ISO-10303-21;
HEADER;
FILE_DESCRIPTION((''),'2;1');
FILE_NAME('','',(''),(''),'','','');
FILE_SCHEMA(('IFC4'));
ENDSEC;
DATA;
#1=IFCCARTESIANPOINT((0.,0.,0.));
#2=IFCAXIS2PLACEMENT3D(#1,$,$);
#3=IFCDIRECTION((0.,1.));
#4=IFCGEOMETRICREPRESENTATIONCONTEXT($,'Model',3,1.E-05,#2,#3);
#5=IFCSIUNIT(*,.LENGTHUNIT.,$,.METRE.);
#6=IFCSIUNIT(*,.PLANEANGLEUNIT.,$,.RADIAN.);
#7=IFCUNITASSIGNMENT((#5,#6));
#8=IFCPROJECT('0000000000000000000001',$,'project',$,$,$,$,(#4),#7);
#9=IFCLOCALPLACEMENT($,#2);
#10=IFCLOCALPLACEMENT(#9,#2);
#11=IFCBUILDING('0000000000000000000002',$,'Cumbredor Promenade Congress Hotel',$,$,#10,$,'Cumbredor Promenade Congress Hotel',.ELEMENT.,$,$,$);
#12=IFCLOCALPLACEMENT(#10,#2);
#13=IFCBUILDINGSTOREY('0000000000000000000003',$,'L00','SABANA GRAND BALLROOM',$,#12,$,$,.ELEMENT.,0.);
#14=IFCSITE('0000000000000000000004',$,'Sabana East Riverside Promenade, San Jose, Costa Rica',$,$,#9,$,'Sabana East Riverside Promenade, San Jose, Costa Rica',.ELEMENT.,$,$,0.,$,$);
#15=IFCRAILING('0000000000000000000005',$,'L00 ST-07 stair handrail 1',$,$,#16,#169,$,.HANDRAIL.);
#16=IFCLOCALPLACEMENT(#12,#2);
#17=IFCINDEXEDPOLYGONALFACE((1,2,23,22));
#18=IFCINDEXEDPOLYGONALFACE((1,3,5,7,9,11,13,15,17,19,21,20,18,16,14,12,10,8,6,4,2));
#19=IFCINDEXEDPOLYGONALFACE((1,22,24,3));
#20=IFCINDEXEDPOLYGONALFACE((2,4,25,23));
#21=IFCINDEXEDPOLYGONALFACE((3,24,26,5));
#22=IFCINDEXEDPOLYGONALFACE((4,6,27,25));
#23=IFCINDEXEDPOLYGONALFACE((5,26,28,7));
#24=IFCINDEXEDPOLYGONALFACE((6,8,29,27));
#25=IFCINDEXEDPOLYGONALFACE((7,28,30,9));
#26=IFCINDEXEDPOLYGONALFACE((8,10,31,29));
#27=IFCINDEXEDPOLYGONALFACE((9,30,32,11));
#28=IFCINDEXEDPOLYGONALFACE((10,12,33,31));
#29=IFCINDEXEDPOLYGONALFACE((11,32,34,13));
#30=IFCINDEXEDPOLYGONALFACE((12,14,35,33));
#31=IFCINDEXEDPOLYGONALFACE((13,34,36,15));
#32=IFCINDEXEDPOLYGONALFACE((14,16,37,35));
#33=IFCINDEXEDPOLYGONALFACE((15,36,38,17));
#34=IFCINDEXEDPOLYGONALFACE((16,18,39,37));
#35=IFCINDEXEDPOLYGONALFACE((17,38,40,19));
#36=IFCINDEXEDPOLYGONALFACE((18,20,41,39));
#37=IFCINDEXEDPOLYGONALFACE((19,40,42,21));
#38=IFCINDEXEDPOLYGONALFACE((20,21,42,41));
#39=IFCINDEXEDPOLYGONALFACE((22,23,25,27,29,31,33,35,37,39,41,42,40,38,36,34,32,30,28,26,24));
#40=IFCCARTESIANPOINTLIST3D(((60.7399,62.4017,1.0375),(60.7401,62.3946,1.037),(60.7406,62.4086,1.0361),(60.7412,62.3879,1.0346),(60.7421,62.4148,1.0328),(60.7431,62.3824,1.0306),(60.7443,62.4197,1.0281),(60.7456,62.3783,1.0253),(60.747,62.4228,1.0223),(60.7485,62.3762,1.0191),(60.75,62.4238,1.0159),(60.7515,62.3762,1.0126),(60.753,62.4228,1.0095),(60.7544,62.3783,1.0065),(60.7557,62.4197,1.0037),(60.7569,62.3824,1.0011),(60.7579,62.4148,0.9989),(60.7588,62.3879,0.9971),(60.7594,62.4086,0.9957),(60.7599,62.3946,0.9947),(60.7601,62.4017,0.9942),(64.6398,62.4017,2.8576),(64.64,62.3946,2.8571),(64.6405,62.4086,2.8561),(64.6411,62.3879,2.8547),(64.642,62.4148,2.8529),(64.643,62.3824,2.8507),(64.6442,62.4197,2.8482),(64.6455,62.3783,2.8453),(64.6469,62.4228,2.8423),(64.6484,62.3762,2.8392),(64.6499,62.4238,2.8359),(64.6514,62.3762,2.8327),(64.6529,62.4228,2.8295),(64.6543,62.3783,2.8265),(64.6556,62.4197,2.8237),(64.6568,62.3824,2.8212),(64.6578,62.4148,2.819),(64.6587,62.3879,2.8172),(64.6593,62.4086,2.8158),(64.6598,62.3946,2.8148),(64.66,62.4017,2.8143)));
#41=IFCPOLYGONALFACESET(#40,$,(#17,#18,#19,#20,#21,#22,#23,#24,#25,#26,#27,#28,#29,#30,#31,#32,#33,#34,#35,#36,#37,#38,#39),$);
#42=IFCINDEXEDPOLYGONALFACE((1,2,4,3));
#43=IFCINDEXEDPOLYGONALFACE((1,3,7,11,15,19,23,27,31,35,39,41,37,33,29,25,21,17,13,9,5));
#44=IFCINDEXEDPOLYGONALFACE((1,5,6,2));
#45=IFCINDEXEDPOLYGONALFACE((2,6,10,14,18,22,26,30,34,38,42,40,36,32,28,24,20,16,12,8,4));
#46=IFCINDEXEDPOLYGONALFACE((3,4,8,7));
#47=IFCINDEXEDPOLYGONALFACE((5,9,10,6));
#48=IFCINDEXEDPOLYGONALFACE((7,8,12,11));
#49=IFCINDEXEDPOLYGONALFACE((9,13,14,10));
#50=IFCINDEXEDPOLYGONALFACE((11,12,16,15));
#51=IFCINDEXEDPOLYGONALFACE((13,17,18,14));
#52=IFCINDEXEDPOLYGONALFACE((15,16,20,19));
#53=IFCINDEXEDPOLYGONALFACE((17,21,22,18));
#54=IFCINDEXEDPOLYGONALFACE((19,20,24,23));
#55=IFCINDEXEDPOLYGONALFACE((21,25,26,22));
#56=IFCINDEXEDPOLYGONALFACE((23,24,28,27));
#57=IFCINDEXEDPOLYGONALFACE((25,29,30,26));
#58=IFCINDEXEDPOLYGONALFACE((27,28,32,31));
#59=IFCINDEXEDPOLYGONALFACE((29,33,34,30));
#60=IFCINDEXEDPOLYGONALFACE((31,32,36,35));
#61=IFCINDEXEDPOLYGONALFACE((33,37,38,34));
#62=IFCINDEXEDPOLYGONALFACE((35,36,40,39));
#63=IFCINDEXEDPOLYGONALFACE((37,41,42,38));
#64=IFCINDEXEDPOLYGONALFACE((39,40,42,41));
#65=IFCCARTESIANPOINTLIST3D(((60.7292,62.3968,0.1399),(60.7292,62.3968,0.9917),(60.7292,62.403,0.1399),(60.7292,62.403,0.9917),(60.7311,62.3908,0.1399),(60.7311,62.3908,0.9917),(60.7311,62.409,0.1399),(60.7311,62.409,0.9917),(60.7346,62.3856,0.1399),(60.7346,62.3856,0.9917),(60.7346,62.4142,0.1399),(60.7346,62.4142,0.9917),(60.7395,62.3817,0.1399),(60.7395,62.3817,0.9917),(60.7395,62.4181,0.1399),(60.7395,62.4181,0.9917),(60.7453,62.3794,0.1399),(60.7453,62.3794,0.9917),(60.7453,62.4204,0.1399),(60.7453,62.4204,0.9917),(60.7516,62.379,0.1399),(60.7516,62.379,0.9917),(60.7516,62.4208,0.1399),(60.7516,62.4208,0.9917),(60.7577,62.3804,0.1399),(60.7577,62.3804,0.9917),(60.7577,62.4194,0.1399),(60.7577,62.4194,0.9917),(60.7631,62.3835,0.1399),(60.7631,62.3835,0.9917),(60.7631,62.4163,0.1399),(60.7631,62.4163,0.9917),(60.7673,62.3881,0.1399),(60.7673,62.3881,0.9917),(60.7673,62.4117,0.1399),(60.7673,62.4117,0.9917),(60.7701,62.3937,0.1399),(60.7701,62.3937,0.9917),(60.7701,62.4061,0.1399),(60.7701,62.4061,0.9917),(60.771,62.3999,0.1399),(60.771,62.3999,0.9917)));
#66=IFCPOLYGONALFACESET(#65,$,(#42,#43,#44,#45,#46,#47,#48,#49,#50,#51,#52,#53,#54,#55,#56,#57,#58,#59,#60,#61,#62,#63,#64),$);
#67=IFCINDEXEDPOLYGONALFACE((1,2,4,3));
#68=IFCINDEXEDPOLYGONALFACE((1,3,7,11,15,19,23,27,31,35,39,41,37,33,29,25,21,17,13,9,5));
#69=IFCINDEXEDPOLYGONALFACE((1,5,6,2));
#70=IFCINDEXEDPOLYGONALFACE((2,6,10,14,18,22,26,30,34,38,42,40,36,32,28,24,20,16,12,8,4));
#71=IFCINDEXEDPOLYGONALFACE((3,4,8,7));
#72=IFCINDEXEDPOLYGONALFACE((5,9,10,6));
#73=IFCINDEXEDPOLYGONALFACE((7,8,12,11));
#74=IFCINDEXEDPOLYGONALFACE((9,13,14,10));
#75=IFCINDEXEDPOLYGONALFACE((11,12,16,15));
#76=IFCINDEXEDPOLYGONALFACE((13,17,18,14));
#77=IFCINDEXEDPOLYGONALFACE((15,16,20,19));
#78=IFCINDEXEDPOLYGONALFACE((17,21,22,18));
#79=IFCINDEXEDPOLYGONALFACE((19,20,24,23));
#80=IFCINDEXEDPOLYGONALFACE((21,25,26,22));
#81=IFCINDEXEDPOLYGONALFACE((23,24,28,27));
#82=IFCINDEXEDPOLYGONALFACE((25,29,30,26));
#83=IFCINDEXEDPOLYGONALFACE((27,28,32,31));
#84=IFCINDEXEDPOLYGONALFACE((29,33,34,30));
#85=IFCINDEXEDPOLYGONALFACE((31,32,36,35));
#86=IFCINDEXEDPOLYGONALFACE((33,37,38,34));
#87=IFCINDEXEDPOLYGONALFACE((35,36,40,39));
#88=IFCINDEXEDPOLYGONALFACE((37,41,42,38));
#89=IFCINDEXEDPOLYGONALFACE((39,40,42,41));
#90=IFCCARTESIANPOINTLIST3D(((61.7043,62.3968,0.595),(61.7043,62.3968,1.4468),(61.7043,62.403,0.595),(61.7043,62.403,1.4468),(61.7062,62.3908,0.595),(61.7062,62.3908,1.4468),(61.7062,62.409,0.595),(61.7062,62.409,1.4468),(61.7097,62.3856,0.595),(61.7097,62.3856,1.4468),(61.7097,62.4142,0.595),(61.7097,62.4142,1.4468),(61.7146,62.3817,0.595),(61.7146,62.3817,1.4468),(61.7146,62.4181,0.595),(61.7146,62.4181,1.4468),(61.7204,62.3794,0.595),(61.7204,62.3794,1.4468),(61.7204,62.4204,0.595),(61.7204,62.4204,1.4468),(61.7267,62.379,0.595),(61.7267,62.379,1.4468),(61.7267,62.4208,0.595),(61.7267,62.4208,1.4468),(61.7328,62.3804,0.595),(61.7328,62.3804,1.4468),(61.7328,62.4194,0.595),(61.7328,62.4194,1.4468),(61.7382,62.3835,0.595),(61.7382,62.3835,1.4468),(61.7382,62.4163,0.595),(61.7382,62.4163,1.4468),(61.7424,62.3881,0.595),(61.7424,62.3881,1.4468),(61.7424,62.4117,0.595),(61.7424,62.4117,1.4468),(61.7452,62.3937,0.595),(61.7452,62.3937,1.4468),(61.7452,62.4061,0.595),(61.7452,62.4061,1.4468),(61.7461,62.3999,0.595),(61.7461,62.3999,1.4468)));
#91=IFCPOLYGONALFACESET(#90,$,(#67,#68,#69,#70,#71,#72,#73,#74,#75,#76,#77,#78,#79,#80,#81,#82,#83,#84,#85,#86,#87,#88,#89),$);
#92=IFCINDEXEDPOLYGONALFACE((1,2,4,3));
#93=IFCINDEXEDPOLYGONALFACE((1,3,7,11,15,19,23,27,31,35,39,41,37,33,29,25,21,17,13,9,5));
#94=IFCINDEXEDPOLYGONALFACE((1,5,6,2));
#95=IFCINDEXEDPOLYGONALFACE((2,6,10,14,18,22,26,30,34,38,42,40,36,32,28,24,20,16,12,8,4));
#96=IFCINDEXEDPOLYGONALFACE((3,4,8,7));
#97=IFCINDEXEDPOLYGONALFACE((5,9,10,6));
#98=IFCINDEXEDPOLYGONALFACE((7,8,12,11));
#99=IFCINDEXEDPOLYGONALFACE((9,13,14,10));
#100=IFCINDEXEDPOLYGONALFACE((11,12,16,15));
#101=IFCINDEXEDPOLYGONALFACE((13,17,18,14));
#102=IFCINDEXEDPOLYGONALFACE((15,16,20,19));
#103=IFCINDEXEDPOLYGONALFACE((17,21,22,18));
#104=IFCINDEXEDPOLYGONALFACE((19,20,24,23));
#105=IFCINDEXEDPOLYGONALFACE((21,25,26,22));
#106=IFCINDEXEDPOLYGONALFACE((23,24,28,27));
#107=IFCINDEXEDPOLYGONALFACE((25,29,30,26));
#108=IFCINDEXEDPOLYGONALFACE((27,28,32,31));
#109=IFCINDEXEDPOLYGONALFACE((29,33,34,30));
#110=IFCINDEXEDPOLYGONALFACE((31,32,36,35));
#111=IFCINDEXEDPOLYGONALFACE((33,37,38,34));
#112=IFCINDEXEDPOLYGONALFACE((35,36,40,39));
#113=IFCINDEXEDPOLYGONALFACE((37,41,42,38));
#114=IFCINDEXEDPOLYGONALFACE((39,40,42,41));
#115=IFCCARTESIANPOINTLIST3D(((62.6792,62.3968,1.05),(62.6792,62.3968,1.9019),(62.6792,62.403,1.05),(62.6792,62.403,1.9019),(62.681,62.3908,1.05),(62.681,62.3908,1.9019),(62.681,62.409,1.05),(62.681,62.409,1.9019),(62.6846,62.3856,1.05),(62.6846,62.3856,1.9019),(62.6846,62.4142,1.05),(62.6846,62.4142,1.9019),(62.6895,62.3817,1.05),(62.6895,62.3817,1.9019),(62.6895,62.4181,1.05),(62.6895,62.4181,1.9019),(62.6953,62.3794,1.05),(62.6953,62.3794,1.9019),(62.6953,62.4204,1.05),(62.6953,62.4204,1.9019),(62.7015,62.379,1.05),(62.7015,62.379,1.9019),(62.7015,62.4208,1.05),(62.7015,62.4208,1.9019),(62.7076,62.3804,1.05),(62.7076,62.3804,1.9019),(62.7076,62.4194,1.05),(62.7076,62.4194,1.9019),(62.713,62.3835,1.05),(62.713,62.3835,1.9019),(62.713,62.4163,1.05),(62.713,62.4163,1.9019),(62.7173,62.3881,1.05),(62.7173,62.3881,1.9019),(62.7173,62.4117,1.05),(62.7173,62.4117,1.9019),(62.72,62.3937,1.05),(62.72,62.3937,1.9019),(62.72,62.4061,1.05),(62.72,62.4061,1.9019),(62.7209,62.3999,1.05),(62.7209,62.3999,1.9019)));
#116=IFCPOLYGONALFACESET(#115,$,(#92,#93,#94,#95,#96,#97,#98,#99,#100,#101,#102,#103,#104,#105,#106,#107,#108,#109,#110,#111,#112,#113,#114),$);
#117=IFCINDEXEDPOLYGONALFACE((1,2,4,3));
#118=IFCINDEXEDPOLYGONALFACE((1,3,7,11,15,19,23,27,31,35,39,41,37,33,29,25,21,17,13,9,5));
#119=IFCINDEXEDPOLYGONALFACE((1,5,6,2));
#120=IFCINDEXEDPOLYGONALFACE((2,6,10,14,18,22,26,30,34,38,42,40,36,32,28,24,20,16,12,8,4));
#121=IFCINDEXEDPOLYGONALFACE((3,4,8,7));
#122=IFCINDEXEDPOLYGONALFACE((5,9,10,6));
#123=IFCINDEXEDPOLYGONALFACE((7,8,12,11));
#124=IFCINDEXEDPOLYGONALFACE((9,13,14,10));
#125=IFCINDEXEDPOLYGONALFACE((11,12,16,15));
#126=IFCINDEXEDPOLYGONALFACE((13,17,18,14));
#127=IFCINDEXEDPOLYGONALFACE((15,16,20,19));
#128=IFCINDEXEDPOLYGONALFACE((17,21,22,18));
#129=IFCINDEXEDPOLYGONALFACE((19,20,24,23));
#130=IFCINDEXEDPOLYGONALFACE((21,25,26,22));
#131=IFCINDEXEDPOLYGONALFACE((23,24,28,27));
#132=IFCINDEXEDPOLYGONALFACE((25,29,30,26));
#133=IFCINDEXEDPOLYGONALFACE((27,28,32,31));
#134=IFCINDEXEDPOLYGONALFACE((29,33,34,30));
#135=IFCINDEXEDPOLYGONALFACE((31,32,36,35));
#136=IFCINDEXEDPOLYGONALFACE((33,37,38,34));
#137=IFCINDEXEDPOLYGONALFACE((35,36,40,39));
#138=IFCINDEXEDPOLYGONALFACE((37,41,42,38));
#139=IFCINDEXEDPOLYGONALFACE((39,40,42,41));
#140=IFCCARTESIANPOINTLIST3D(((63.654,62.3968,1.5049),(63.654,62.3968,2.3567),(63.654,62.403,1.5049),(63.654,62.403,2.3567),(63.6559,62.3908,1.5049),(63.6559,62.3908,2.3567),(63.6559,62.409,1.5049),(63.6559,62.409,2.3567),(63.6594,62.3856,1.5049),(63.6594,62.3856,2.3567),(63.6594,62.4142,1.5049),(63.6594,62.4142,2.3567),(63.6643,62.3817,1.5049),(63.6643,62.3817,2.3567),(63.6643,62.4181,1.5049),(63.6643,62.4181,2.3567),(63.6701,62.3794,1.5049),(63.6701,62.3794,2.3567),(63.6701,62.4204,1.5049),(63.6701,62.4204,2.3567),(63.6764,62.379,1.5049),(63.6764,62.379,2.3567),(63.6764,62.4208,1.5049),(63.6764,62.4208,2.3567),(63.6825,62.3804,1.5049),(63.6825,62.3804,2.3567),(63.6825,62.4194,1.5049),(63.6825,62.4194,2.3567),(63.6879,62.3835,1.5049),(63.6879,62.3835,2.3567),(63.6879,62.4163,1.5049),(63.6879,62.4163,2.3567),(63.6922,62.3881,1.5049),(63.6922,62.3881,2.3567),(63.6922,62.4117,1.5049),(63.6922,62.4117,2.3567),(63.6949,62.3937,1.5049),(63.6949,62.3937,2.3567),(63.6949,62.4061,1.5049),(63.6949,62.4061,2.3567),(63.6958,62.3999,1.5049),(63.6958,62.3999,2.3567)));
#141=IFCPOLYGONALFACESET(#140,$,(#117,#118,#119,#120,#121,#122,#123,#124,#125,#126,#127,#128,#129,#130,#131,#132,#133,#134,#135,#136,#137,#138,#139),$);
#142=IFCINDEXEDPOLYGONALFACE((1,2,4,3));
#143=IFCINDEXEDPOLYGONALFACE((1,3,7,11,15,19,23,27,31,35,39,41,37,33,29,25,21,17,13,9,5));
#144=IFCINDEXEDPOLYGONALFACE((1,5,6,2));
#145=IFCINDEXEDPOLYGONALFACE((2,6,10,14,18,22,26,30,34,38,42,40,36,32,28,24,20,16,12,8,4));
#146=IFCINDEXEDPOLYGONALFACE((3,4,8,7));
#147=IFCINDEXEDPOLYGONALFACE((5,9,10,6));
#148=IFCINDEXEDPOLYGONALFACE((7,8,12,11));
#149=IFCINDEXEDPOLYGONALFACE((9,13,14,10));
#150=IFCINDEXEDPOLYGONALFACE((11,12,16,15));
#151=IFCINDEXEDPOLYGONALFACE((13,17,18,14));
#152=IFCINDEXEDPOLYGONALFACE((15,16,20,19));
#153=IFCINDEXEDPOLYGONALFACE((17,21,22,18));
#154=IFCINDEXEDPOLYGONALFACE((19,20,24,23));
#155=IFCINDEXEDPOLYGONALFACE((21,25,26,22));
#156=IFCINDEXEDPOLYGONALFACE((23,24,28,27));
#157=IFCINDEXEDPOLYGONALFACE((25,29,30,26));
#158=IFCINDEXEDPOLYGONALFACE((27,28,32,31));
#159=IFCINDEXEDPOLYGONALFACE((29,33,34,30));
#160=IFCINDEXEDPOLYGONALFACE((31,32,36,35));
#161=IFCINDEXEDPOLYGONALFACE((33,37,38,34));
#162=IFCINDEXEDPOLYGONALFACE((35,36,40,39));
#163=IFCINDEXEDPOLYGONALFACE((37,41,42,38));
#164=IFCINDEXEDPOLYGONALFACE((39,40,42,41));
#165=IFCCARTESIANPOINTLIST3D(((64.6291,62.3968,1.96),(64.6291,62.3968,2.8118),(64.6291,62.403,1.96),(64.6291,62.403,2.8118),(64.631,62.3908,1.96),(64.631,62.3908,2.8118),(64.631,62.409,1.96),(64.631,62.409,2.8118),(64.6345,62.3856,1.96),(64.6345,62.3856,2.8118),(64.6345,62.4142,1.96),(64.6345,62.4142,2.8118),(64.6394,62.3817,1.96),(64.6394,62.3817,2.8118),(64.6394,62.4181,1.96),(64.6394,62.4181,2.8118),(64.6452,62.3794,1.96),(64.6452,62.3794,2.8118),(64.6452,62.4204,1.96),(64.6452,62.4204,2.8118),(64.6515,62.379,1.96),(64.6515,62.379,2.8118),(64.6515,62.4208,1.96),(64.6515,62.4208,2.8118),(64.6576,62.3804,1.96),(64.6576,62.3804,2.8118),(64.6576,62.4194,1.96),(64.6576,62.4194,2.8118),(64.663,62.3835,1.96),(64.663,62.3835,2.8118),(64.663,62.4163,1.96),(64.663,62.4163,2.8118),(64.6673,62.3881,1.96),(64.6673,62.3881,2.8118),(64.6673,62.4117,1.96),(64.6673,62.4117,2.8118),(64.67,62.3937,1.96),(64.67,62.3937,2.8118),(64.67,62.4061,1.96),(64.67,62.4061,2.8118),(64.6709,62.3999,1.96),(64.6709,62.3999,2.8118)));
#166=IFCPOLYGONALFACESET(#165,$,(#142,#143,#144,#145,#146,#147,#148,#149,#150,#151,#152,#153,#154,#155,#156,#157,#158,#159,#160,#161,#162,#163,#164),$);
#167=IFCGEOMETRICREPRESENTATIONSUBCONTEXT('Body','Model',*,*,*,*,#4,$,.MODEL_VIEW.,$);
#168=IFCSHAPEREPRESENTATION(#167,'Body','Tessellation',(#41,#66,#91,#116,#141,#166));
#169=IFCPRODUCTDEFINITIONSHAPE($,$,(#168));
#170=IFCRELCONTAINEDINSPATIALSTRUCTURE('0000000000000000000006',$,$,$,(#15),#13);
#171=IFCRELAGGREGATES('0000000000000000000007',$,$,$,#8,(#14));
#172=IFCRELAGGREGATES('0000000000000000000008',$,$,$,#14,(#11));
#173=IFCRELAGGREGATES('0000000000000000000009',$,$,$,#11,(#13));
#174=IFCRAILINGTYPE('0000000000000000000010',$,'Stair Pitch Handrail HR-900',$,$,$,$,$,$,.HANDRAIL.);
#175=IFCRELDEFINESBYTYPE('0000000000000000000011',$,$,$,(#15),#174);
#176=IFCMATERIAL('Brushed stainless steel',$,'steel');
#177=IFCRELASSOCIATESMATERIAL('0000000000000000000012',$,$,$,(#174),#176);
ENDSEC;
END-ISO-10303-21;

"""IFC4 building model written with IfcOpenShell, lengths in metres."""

from ifc_helpers import new_model, si_unit, direction, frame, origin, origin_2d, place, context, subcontext, project, spatial, circle, extrude, material, type_object, element, save


model = new_model("IFC4")

# Units and contexts
model_context = context("Model", 3, precision=1e-05, world=origin(), true_north=direction((0.0, 1.0)))
body_context = subcontext(model_context, "Body", "Model", "MODEL_VIEW")
ifc_project = project(units=[si_unit("LENGTHUNIT", "METRE"), si_unit("PLANEANGLEUNIT", "RADIAN")], contexts=[model_context])

# Site, building, storey
site_placement = place(None, origin())
site = spatial("IfcSite", under=ifc_project, at=site_placement, Name="Sabana East Riverside Promenade, San Jose, Costa Rica", LongName="Sabana East Riverside Promenade, San Jose, Costa Rica", CompositionType="ELEMENT", RefElevation=0.0)
building_placement = place(site_placement, origin())
building = spatial("IfcBuilding", under=site, at=building_placement, Name="Cumbredor Promenade Congress Hotel", LongName="Cumbredor Promenade Congress Hotel", CompositionType="ELEMENT")
storey_placement = place(building_placement, origin())
storey = spatial("IfcBuildingStorey", under=building, at=storey_placement, Name="L00", Description="SABANA GRAND BALLROOM", CompositionType="ELEMENT", Elevation=0.0)

# Railing
ifc_material_1 = material(Name="Brushed stainless steel", Category="steel")
railing_type_1 = type_object("IfcRailingType", Name="Stair Pitch Handrail HR-900", PredefinedType="HANDRAIL", material=ifc_material_1)
railing_1_placement = place(storey_placement, frame((60.75, 62.3999, 0.1399)))
element("IfcRailing", 1, at=railing_1_placement, inside=storey, type_object=railing_type_1, Name="L00 ST-07 stair handrail 1", PredefinedType="HANDRAIL", context=body_context, shape_type="SweptSolid", body=[
    extrude(circle(Radius=0.0239, at=origin_2d()), frame((0.0, 0.0, 0.876), z_axis=(0.906173, 0.0, 0.422907), x_axis=(0.0, 1.0, 0.0)), (0.0, 0.0, 1.0), 4.3037),
    extrude(circle(Radius=0.021, at=origin_2d()), origin(), (0.0, 0.0, 1.0), 0.8518),
    extrude(circle(Radius=0.021, at=origin_2d()), frame((0.9751, 0.0, 0.4551)), (0.0, 0.0, 1.0), 0.8518),
    extrude(circle(Radius=0.021, at=origin_2d()), frame((1.95, 0.0, 0.9102)), (0.0, 0.0, 1.0), 0.8518),
    extrude(circle(Radius=0.021, at=origin_2d()), frame((2.9248, 0.0, 1.365)), (0.0, 0.0, 1.0), 0.8518),
    extrude(circle(Radius=0.021, at=origin_2d()), frame((3.8999, 0.0, 1.8201)), (0.0, 0.0, 1.0), 0.8518),
])

save(model, "model.ifc")
